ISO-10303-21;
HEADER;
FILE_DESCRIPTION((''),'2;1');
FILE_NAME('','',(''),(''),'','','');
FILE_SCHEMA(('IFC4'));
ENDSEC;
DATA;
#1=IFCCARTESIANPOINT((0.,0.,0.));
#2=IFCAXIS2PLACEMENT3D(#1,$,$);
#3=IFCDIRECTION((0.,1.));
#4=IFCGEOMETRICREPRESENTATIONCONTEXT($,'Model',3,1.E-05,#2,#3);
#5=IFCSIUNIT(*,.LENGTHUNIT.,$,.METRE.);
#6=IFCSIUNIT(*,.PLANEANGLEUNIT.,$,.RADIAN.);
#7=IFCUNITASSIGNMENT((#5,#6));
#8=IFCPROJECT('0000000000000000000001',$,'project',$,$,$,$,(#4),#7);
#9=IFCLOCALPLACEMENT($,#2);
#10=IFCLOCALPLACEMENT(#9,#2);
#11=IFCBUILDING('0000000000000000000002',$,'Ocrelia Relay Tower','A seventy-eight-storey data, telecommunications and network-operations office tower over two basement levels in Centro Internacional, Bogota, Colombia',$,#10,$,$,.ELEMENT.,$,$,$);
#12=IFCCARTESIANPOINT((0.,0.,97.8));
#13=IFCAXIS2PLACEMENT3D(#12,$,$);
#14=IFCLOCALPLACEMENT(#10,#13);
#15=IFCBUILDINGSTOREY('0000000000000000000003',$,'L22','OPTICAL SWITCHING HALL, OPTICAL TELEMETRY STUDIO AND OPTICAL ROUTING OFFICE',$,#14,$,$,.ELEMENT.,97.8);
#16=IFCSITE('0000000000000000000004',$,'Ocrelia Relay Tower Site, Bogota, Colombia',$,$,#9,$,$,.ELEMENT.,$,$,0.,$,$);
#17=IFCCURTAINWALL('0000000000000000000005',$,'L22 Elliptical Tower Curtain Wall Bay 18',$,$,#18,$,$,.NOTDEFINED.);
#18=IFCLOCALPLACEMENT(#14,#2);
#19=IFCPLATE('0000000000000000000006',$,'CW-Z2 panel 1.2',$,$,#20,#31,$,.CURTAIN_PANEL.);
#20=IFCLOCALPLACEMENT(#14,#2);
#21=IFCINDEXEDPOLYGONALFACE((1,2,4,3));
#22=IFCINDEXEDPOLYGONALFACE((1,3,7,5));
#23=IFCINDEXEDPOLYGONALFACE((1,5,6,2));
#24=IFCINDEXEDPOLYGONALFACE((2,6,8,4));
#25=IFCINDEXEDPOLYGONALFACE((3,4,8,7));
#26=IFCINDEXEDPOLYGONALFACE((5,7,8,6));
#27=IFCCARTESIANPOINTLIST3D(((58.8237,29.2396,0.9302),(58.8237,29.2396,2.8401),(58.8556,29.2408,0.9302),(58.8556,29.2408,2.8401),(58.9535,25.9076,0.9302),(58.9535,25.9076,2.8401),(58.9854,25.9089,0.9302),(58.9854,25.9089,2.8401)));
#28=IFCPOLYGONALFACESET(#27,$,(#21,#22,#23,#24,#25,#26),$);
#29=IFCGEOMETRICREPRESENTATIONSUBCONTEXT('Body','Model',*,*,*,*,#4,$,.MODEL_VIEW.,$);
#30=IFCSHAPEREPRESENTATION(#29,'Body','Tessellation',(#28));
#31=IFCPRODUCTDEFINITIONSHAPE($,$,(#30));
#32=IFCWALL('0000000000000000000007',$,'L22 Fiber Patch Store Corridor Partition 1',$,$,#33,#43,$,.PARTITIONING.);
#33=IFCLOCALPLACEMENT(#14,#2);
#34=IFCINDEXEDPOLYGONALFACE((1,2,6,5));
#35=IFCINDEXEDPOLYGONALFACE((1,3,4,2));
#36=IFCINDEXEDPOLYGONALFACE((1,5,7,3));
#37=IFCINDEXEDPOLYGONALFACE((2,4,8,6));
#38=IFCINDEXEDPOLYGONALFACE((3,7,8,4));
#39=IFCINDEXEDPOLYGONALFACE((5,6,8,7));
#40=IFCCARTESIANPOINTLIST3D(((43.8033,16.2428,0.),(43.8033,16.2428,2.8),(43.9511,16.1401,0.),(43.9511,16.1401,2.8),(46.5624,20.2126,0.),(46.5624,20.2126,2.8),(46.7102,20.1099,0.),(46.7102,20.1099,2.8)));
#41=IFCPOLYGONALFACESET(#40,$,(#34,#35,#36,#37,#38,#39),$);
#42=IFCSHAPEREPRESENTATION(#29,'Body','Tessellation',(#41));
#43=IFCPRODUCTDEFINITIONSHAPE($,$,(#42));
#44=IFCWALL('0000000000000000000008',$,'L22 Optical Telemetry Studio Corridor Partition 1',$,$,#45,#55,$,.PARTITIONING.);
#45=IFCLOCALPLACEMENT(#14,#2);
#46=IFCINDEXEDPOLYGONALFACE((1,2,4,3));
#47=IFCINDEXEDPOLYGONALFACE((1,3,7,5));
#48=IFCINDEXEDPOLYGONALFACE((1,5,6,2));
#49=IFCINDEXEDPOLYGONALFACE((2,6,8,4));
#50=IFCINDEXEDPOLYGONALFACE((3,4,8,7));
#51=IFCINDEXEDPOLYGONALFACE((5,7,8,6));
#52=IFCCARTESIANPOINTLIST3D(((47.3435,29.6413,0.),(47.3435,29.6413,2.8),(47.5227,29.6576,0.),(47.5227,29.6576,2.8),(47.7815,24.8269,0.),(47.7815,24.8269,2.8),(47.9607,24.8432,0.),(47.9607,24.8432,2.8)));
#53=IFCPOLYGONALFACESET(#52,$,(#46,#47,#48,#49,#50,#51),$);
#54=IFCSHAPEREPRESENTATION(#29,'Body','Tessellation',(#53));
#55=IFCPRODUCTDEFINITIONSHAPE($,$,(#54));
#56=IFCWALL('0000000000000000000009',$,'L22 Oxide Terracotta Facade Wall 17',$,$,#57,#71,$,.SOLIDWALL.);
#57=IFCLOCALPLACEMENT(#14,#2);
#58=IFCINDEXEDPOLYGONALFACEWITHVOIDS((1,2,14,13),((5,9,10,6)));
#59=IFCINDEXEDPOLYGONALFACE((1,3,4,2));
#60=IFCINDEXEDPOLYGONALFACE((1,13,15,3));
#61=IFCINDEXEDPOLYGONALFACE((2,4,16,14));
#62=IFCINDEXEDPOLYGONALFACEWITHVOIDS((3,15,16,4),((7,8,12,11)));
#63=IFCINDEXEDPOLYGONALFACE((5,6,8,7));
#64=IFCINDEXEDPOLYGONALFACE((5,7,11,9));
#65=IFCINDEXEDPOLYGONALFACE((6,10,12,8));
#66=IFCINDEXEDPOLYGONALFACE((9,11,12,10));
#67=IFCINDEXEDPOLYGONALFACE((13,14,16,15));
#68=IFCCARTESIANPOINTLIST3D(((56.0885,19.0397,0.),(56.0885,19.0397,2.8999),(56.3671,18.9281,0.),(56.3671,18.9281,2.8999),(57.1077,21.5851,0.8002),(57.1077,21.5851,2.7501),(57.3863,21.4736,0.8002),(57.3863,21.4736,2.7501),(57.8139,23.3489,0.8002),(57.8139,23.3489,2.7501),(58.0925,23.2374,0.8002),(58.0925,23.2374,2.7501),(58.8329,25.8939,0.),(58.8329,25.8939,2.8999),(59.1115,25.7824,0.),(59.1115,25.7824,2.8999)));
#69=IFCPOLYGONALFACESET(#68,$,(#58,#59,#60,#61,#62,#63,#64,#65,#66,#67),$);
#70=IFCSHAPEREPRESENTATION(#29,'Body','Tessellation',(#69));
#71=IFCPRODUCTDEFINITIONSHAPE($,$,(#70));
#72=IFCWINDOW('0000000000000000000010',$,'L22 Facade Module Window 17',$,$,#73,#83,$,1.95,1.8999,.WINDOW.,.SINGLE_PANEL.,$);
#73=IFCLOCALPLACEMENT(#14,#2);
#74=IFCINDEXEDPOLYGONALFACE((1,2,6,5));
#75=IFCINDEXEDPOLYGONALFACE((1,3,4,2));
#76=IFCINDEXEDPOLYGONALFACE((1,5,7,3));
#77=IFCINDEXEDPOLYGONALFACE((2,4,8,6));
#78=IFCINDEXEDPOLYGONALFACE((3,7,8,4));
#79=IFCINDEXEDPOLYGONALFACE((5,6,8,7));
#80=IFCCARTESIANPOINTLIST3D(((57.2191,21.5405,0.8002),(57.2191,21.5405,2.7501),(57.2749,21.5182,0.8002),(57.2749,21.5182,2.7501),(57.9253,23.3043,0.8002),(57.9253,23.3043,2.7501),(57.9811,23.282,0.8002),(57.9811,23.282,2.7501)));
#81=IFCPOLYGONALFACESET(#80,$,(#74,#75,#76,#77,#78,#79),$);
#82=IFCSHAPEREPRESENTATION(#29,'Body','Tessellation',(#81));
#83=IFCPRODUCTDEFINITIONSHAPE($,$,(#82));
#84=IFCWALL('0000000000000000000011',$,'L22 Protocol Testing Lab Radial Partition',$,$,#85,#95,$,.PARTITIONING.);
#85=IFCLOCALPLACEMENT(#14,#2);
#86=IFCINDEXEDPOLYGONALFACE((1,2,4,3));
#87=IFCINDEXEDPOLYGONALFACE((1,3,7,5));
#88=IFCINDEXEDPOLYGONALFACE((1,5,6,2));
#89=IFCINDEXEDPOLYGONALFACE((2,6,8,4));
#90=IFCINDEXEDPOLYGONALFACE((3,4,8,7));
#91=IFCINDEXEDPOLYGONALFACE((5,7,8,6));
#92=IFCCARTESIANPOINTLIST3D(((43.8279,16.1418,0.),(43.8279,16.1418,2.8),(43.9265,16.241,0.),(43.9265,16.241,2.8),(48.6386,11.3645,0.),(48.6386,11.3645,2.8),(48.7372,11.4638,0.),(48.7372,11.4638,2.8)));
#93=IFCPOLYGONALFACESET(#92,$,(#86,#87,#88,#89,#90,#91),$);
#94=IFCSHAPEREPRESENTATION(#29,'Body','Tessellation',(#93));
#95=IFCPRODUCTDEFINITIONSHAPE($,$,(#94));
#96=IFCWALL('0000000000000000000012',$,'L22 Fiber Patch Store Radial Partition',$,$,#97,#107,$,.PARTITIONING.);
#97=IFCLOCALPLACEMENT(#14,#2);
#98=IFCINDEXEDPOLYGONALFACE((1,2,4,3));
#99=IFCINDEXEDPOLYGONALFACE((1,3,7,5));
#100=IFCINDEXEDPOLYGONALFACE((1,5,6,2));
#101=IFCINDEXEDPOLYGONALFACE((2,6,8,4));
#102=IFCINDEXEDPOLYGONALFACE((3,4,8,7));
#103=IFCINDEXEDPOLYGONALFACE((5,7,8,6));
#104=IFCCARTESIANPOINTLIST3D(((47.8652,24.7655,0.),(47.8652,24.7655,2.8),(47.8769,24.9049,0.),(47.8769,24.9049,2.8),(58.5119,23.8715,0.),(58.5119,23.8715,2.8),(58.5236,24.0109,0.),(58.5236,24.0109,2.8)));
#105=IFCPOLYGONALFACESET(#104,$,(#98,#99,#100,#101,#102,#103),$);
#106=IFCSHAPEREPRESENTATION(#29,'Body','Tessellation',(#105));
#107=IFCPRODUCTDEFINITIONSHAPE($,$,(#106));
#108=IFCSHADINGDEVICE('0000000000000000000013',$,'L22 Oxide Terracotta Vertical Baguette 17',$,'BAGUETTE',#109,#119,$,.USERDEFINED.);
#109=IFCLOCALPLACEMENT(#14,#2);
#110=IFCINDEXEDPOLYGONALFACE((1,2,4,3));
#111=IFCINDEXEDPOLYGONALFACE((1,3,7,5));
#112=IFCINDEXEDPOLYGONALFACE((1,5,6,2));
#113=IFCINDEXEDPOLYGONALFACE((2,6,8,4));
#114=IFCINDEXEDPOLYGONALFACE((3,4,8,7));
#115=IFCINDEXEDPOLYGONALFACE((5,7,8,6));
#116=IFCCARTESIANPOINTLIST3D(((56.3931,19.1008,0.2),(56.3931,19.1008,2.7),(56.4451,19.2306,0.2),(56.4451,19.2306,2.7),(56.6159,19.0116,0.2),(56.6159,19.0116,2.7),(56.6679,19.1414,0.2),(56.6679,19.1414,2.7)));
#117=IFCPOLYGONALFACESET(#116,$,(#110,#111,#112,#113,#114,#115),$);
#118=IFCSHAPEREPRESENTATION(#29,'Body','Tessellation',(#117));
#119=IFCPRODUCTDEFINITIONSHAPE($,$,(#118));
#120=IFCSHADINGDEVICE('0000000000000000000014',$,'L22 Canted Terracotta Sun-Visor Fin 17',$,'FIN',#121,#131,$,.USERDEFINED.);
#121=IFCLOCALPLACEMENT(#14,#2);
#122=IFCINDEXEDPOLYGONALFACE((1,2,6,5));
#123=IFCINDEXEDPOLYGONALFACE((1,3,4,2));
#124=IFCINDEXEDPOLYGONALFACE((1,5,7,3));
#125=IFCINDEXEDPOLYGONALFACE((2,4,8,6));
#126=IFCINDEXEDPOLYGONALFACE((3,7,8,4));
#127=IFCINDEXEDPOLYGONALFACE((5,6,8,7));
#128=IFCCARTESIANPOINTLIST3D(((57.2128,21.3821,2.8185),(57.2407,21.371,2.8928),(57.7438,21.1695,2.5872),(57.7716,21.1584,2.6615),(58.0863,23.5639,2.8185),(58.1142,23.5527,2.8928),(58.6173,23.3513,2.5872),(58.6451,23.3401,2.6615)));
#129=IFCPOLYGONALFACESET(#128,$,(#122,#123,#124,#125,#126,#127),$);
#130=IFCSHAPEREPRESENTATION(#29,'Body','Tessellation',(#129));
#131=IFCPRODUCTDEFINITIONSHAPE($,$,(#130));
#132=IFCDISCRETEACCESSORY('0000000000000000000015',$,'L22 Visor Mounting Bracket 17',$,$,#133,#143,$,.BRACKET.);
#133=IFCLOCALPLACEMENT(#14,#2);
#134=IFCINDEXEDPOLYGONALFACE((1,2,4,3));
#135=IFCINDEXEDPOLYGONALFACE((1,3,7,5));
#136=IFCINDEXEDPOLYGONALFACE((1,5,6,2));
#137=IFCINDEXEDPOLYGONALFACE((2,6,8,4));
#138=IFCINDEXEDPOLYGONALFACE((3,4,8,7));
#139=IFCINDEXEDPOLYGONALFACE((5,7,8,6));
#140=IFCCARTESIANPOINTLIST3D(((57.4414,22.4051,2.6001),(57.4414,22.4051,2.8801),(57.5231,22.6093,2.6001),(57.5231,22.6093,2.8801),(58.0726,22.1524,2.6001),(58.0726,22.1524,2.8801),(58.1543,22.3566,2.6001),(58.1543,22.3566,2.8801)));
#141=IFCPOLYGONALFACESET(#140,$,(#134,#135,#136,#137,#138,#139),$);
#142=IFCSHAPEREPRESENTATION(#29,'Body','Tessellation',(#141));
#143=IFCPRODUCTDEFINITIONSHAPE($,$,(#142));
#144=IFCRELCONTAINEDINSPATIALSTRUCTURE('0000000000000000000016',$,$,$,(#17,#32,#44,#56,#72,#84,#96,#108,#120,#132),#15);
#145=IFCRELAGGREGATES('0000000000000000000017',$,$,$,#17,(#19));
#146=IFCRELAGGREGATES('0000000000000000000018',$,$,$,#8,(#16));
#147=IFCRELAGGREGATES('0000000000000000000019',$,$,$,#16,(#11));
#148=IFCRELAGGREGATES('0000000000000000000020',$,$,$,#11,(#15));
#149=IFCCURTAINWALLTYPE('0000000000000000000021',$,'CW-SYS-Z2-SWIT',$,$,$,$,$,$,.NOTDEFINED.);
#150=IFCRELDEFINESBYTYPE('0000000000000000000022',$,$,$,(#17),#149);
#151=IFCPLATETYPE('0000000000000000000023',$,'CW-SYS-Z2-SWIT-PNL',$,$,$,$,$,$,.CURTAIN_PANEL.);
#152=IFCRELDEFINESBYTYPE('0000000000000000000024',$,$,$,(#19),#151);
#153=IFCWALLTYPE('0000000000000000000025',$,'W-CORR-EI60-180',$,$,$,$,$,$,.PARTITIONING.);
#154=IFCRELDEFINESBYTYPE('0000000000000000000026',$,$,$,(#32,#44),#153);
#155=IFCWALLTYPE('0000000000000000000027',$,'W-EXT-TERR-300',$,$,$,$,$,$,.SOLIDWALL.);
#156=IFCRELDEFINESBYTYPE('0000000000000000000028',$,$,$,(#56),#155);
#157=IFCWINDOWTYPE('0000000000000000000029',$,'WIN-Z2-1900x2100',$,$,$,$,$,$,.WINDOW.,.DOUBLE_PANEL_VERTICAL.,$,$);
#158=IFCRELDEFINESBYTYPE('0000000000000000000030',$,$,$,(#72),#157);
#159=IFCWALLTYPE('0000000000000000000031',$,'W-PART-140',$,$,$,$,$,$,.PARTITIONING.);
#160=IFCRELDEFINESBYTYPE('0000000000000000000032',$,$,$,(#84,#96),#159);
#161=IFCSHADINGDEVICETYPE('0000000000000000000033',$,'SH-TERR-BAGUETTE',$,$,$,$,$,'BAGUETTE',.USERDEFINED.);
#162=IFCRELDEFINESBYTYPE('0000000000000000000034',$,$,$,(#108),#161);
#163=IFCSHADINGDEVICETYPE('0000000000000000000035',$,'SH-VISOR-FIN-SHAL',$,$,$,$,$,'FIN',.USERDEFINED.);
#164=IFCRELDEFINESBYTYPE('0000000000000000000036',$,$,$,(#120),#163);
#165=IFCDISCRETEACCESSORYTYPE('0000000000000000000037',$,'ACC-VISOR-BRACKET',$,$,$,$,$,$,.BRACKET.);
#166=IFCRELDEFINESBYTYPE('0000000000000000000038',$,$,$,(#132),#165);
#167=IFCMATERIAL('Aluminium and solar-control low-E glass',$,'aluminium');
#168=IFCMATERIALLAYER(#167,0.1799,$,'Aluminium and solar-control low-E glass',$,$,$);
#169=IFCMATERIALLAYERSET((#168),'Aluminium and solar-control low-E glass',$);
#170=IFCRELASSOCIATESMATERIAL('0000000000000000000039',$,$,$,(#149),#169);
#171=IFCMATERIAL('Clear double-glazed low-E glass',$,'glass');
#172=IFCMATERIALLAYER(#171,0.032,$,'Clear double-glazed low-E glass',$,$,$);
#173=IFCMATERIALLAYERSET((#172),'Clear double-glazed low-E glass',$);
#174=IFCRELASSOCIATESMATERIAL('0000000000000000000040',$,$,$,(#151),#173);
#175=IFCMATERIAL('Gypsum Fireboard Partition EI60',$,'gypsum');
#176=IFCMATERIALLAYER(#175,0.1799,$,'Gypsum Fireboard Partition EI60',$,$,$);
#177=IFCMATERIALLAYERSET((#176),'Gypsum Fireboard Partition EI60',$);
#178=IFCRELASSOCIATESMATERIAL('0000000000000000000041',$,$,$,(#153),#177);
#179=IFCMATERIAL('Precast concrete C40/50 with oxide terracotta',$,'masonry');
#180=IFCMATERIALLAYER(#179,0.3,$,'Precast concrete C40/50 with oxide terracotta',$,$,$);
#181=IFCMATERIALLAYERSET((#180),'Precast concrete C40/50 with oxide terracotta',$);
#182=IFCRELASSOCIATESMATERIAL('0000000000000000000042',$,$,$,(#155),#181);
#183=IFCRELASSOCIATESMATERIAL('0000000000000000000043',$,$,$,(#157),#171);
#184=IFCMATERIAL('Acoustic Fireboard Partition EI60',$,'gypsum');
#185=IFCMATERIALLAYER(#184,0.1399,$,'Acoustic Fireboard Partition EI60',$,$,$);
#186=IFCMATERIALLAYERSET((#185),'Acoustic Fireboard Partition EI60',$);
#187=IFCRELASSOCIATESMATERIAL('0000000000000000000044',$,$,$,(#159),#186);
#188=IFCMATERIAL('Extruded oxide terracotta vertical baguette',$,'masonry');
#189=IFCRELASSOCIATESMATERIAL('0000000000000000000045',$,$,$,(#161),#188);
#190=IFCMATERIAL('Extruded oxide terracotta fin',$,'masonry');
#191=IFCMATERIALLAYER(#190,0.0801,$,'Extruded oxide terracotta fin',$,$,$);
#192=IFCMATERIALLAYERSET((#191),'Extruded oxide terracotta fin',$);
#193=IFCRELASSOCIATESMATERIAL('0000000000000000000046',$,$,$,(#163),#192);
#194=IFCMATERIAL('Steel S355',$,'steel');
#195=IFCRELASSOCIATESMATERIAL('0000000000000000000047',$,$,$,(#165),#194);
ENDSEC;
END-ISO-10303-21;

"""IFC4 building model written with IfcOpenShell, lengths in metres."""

from ifc_helpers import new_model, si_unit, direction, frame, frame_2d, origin, origin_2d, place, context, subcontext, project, spatial, rectangle, extrude, material, layer, layer_set, type_object, element, fill, aggregate, save


model = new_model("IFC4")

# Units and contexts
model_context = context("Model", 3, precision=1e-05, world=origin(), true_north=direction((0.0, 1.0)))
body_context = subcontext(model_context, "Body", "Model", "MODEL_VIEW")
ifc_project = project(units=[si_unit("LENGTHUNIT", "METRE"), si_unit("PLANEANGLEUNIT", "RADIAN")], contexts=[model_context])

# Site, building, storey
site_placement = place(None, origin())
site = spatial("IfcSite", under=ifc_project, at=site_placement, Name="Ocrelia Relay Tower Site, Bogota, Colombia", CompositionType="ELEMENT", RefElevation=0.0)
building_placement = place(site_placement, origin())
building = spatial("IfcBuilding", under=site, at=building_placement, Name="Ocrelia Relay Tower", Description="A seventy-eight-storey data, telecommunications and network-operations office tower over two basement levels in Centro Internacional, Bogota, Colombia", CompositionType="ELEMENT")
storey_placement = place(building_placement, frame((0.0, 0.0, 97.8)))
storey = spatial("IfcBuildingStorey", under=building, at=storey_placement, Name="L22", Description="OPTICAL SWITCHING HALL, OPTICAL TELEMETRY STUDIO AND OPTICAL ROUTING OFFICE", CompositionType="ELEMENT", Elevation=97.8)

# Shared definitions
ifc_material_1 = material(Name="Steel S355", Category="steel")

# Curtain wall, plate
ifc_material_2 = material(Name="Aluminium and solar-control low-E glass", Category="aluminium")
ifc_layer_1 = layer(ifc_material_2, 0.1799, Name="Aluminium and solar-control low-E glass")
ifc_layer_set_1 = layer_set([ifc_layer_1], Name="Aluminium and solar-control low-E glass")
curtain_wall_type = type_object("IfcCurtainWallType", Name="CW-SYS-Z2-SWIT", PredefinedType="NOTDEFINED", material=ifc_layer_set_1)
curtain_wall_placement = place(storey_placement, origin())
curtain_wall = element("IfcCurtainWall", 1, at=curtain_wall_placement, inside=storey, type_object=curtain_wall_type, Name="L22 Elliptical Tower Curtain Wall Bay 18", PredefinedType="NOTDEFINED")
ifc_material_3 = material(Name="Clear double-glazed low-E glass", Category="glass")
ifc_layer_2 = layer(ifc_material_3, 0.032, Name="Clear double-glazed low-E glass")
ifc_layer_set_2 = layer_set([ifc_layer_2], Name="Clear double-glazed low-E glass")
plate_type = type_object("IfcPlateType", Name="CW-SYS-Z2-SWIT-PNL", PredefinedType="CURTAIN_PANEL", material=ifc_layer_set_2)
plate_1_placement = place(storey_placement, frame((58.9045, 27.5742, 0.9302), z_axis=(0.0, 0.0, 1.0), x_axis=(-0.03893, 0.999242, 0.0)))
plate_1 = element("IfcPlate", 2, at=plate_1_placement, type_object=plate_type, Name="CW-Z2 panel 1.2", PredefinedType="CURTAIN_PANEL", context=body_context, shape_type="SweptSolid", body=[
    extrude(rectangle(XDim=3.3345, YDim=0.032, at=origin_2d()), origin(), (0.0, 0.0, 1.0), 1.9099),
])
aggregate(curtain_wall, [plate_1])

# Wall
ifc_material_4 = material(Name="Gypsum Fireboard Partition EI60", Category="gypsum")
ifc_layer_3 = layer(ifc_material_4, 0.1799, Name="Gypsum Fireboard Partition EI60")
ifc_layer_set_3 = layer_set([ifc_layer_3], Name="Gypsum Fireboard Partition EI60")
wall_type_1 = type_object("IfcWallType", Name="W-CORR-EI60-180", PredefinedType="PARTITIONING", material=ifc_layer_set_3)
wall_1_placement = place(storey_placement, frame((43.8772, 16.1914, 0.0), z_axis=(0.0, 0.0, 1.0), x_axis=(0.570714, 0.821149, 0.0)))
element("IfcWall", 3, at=wall_1_placement, inside=storey, type_object=wall_type_1, Name="L22 Fiber Patch Store Corridor Partition 1", PredefinedType="PARTITIONING", context=body_context, shape_type="SweptSolid", body=[
    extrude(rectangle(XDim=4.8345, YDim=0.1799, at=frame_2d((2.4172, 0.0))), origin(), (0.0, 0.0, 1.0), 2.8),
])

# Wall
wall_2_placement = place(storey_placement, frame((47.8711, 24.8352, 0.0), z_axis=(0.0, 0.0, 1.0), x_axis=(-0.090599, 0.995887, 0.0)))
element("IfcWall", 4, at=wall_2_placement, inside=storey, type_object=wall_type_1, Name="L22 Optical Telemetry Studio Corridor Partition 1", PredefinedType="PARTITIONING", context=body_context, shape_type="SweptSolid", body=[
    extrude(rectangle(XDim=4.8342, YDim=0.1799, at=frame_2d((2.417, 0.0))), origin(), (0.0, 0.0, 1.0), 2.8),
])

# Wall, opening, window
ifc_material_5 = material(Name="Precast concrete C40/50 with oxide terracotta", Category="masonry")
ifc_layer_4 = layer(ifc_material_5, 0.3, Name="Precast concrete C40/50 with oxide terracotta")
ifc_layer_set_4 = layer_set([ifc_layer_4], Name="Precast concrete C40/50 with oxide terracotta")
wall_type_2 = type_object("IfcWallType", Name="W-EXT-TERR-300", PredefinedType="SOLIDWALL", material=ifc_layer_set_4)
wall_3_placement = place(storey_placement, frame((56.2278, 18.9839, 0.0), z_axis=(0.0, 0.0, 1.0), x_axis=(0.371704, 0.928351, 0.0)))
wall_3 = element("IfcWall", 5, at=wall_3_placement, inside=storey, type_object=wall_type_2, Name="L22 Oxide Terracotta Facade Wall 17", PredefinedType="SOLIDWALL", context=body_context, shape_type="SweptSolid", body=[
    extrude(rectangle(XDim=7.3833, YDim=0.3, at=frame_2d((3.6917, 0.0))), origin(), (0.0, 0.0, 1.0), 2.8999),
])
opening_1_placement = place(wall_3_placement, frame((2.7419, 0.0, 0.8)))
opening_1 = element("IfcOpeningElement", 6, at=opening_1_placement, cuts=wall_3, PredefinedType="OPENING", context=body_context, shape_type="SweptSolid", body=[
    extrude(rectangle(XDim=1.8999, YDim=1.95, at=frame_2d((0.95, 0.9751))), frame((0.0, 0.1602, 0.0), z_axis=(0.0, -1.0, 0.0), x_axis=(1.0, 0.0, 0.0)), (0.0, 0.0, 1.0), 0.3201),
])
window_type = type_object("IfcWindowType", Name="WIN-Z2-1900x2100", PartitioningType="DOUBLE_PANEL_VERTICAL", PredefinedType="WINDOW", material=ifc_material_3)
window_placement = place(opening_1_placement, origin())
window = element("IfcWindow", 7, at=window_placement, inside=storey, type_object=window_type, Name="L22 Facade Module Window 17", OverallHeight=1.95, OverallWidth=1.8999, PartitioningType="SINGLE_PANEL", PredefinedType="WINDOW", context=body_context, shape_type="SweptSolid", body=[
    extrude(rectangle(XDim=1.8999, YDim=1.95, at=frame_2d((0.95, 0.9751))), frame((0.0, 0.03, 0.0), z_axis=(0.0, -1.0, 0.0), x_axis=(1.0, 0.0, 0.0)), (0.0, 0.0, 1.0), 0.0601),
])
fill(opening_1, window)

# Walls
ifc_material_6 = material(Name="Acoustic Fireboard Partition EI60", Category="gypsum")
ifc_layer_5 = layer(ifc_material_6, 0.1399, Name="Acoustic Fireboard Partition EI60")
ifc_layer_set_5 = layer_set([ifc_layer_5], Name="Acoustic Fireboard Partition EI60")
wall_type_3 = type_object("IfcWallType", Name="W-PART-140", PredefinedType="PARTITIONING", material=ifc_layer_set_5)
wall_4_placement = place(storey_placement, frame((43.8772, 16.1914, 0.0), z_axis=(0.0, 0.0, 1.0), x_axis=(0.709569, -0.704636, 0.0)))
element("IfcWall", 8, at=wall_4_placement, inside=storey, type_object=wall_type_3, Name="L22 Protocol Testing Lab Radial Partition", PredefinedType="PARTITIONING", context=body_context, shape_type="SweptSolid", body=[
    extrude(rectangle(XDim=6.7798, YDim=0.1399, at=frame_2d((3.3899, 0.0))), origin(), (0.0, 0.0, 1.0), 2.8),
])
wall_5_placement = place(storey_placement, frame((47.8711, 24.8352, 0.0), z_axis=(0.0, 0.0, 1.0), x_axis=(0.996493, -0.083679, 0.0)))
element("IfcWall", 9, at=wall_5_placement, inside=storey, type_object=wall_type_3, Name="L22 Fiber Patch Store Radial Partition", PredefinedType="PARTITIONING", context=body_context, shape_type="SweptSolid", body=[
    extrude(rectangle(XDim=10.6841, YDim=0.1399, at=frame_2d((5.342, 0.0))), origin(), (0.0, 0.0, 1.0), 2.8),
])

# Shading devices
ifc_material_7 = material(Name="Extruded oxide terracotta vertical baguette", Category="masonry")
shading_device_type_1 = type_object("IfcShadingDeviceType", Name="SH-TERR-BAGUETTE", ElementType="BAGUETTE", PredefinedType="USERDEFINED", material=ifc_material_7)
shading_device_1_placement = place(storey_placement, frame((56.5305, 19.1211, 0.2), z_axis=(0.0, 0.0, 1.0), x_axis=(0.371687, 0.928358, 0.0)))
element("IfcShadingDevice", 10, at=shading_device_1_placement, inside=storey, type_object=shading_device_type_1, Name="L22 Oxide Terracotta Vertical Baguette 17", ObjectType="BAGUETTE", PredefinedType="USERDEFINED", context=body_context, shape_type="SweptSolid", body=[
    extrude(rectangle(XDim=0.1399, YDim=0.24, at=origin_2d()), origin(), (0.0, 0.0, 1.0), 2.5),
])
ifc_material_8 = material(Name="Extruded oxide terracotta fin", Category="masonry")
ifc_layer_6 = layer(ifc_material_8, 0.0801, Name="Extruded oxide terracotta fin")
ifc_layer_set_6 = layer_set([ifc_layer_6], Name="Extruded oxide terracotta fin")
shading_device_type_2 = type_object("IfcShadingDeviceType", Name="SH-VISOR-FIN-SHAL", ElementType="FIN", PredefinedType="USERDEFINED", material=ifc_layer_set_6)
shading_device_2_placement = place(storey_placement, frame((57.915, 22.3667, 2.7029), z_axis=(0.348069, -0.139357, 0.927053), x_axis=(0.371687, 0.928358, 0.0)))
element("IfcShadingDevice", 11, at=shading_device_2_placement, inside=storey, type_object=shading_device_type_2, Name="L22 Canted Terracotta Sun-Visor Fin 17", ObjectType="FIN", PredefinedType="USERDEFINED", context=body_context, shape_type="SweptSolid", body=[
    extrude(rectangle(XDim=2.3501, YDim=0.6169, at=origin_2d()), origin(), (0.0, 0.0, 1.0), 0.0801),
])

# Discrete accessory
discrete_accessory_type = type_object("IfcDiscreteAccessoryType", Name="ACC-VISOR-BRACKET", PredefinedType="BRACKET", material=ifc_material_1)
discrete_accessory_placement = place(storey_placement, frame((57.7979, 22.3809, 2.6001), z_axis=(0.0, 0.0, 1.0), x_axis=(0.371687, 0.928358, 0.0)))
element("IfcDiscreteAccessory", 12, at=discrete_accessory_placement, inside=storey, type_object=discrete_accessory_type, Name="L22 Visor Mounting Bracket 17", PredefinedType="BRACKET", context=body_context, shape_type="SweptSolid", body=[
    extrude(rectangle(XDim=0.22, YDim=0.6799, at=origin_2d()), origin(), (0.0, 0.0, 1.0), 0.28),
])

save(model, "model.ifc")
